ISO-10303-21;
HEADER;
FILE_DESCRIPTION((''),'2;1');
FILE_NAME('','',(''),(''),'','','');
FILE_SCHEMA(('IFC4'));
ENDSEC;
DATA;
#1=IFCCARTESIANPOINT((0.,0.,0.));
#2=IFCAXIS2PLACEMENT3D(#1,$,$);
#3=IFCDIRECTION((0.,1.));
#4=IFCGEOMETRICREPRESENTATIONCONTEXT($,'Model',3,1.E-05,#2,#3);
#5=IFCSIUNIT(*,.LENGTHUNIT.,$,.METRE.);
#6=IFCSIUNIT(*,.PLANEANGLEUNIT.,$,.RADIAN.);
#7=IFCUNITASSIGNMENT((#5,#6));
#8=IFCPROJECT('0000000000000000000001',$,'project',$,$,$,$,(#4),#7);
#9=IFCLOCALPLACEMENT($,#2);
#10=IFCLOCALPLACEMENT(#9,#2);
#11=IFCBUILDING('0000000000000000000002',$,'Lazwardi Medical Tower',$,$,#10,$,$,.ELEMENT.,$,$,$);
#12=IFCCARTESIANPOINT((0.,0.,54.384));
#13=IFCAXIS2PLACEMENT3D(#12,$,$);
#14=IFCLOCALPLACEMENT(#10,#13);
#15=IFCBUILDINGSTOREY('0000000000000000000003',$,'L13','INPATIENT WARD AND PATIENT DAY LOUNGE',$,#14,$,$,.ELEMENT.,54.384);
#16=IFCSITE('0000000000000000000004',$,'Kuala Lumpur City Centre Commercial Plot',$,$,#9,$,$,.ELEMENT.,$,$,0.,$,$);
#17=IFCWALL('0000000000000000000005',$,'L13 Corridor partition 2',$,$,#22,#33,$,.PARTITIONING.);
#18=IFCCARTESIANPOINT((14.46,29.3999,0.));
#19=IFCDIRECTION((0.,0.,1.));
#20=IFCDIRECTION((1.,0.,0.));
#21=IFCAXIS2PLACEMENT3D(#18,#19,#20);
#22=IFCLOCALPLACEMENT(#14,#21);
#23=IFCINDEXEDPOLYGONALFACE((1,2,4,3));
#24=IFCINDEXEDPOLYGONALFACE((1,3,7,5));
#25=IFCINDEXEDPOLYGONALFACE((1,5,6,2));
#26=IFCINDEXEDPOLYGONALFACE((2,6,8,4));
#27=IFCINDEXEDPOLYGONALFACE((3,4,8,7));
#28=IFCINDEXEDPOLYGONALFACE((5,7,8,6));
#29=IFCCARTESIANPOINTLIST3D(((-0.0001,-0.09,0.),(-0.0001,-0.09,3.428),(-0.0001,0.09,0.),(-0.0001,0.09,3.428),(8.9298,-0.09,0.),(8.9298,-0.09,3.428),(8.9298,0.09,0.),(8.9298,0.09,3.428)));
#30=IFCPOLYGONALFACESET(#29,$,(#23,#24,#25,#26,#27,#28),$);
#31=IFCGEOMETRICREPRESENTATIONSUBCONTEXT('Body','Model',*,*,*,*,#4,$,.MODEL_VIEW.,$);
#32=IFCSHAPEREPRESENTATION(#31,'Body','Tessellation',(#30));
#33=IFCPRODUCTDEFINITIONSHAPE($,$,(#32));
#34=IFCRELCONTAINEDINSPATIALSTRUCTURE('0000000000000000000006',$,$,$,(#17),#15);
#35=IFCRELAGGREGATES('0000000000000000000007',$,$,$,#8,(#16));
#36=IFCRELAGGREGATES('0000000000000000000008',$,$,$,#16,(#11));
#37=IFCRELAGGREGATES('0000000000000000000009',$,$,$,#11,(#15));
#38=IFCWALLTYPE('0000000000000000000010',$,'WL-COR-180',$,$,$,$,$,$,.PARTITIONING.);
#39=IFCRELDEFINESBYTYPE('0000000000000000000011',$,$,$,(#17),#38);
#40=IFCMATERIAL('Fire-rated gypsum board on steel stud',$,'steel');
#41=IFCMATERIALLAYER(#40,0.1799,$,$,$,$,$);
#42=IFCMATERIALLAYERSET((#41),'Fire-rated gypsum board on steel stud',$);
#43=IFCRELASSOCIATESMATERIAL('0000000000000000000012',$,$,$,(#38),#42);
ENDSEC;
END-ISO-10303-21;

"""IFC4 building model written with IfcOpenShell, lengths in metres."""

from ifc_helpers import new_model, si_unit, direction, frame, frame_2d, origin, place, context, subcontext, project, spatial, rectangle, extrude, material, layer, layer_set, type_object, element, save


model = new_model("IFC4")

# Units and contexts
model_context = context("Model", 3, precision=1e-05, world=origin(), true_north=direction((0.0, 1.0)))
body_context = subcontext(model_context, "Body", "Model", "MODEL_VIEW")
ifc_project = project(units=[si_unit("LENGTHUNIT", "METRE"), si_unit("PLANEANGLEUNIT", "RADIAN")], contexts=[model_context])

# Site, building, storey
site_placement = place(None, origin())
site = spatial("IfcSite", under=ifc_project, at=site_placement, Name="Kuala Lumpur City Centre Commercial Plot", CompositionType="ELEMENT", RefElevation=0.0)
building_placement = place(site_placement, origin())
building = spatial("IfcBuilding", under=site, at=building_placement, Name="Lazwardi Medical Tower", CompositionType="ELEMENT")
storey_placement = place(building_placement, frame((0.0, 0.0, 54.384)))
storey = spatial("IfcBuildingStorey", under=building, at=storey_placement, Name="L13", Description="INPATIENT WARD AND PATIENT DAY LOUNGE", CompositionType="ELEMENT", Elevation=54.384)

# Wall
ifc_material_1 = material(Name="Fire-rated gypsum board on steel stud", Category="steel")
ifc_layer_1 = layer(ifc_material_1, 0.1799)
ifc_layer_set_1 = layer_set([ifc_layer_1], Name="Fire-rated gypsum board on steel stud")
wall_type_1 = type_object("IfcWallType", Name="WL-COR-180", PredefinedType="PARTITIONING", material=ifc_layer_set_1)
wall_1_placement = place(storey_placement, frame((14.46, 29.3999, 0.0), z_axis=(0.0, 0.0, 1.0), x_axis=(1.0, 0.0, 0.0)))
element("IfcWall", 1, at=wall_1_placement, inside=storey, type_object=wall_type_1, Name="L13 Corridor partition 2", PredefinedType="PARTITIONING", context=body_context, shape_type="SweptSolid", body=[
    extrude(rectangle(XDim=8.9299, YDim=0.1799, at=frame_2d((4.4648, 0.0))), origin(), (0.0, 0.0, 1.0), 3.428),
])

save(model, "model.ifc")
